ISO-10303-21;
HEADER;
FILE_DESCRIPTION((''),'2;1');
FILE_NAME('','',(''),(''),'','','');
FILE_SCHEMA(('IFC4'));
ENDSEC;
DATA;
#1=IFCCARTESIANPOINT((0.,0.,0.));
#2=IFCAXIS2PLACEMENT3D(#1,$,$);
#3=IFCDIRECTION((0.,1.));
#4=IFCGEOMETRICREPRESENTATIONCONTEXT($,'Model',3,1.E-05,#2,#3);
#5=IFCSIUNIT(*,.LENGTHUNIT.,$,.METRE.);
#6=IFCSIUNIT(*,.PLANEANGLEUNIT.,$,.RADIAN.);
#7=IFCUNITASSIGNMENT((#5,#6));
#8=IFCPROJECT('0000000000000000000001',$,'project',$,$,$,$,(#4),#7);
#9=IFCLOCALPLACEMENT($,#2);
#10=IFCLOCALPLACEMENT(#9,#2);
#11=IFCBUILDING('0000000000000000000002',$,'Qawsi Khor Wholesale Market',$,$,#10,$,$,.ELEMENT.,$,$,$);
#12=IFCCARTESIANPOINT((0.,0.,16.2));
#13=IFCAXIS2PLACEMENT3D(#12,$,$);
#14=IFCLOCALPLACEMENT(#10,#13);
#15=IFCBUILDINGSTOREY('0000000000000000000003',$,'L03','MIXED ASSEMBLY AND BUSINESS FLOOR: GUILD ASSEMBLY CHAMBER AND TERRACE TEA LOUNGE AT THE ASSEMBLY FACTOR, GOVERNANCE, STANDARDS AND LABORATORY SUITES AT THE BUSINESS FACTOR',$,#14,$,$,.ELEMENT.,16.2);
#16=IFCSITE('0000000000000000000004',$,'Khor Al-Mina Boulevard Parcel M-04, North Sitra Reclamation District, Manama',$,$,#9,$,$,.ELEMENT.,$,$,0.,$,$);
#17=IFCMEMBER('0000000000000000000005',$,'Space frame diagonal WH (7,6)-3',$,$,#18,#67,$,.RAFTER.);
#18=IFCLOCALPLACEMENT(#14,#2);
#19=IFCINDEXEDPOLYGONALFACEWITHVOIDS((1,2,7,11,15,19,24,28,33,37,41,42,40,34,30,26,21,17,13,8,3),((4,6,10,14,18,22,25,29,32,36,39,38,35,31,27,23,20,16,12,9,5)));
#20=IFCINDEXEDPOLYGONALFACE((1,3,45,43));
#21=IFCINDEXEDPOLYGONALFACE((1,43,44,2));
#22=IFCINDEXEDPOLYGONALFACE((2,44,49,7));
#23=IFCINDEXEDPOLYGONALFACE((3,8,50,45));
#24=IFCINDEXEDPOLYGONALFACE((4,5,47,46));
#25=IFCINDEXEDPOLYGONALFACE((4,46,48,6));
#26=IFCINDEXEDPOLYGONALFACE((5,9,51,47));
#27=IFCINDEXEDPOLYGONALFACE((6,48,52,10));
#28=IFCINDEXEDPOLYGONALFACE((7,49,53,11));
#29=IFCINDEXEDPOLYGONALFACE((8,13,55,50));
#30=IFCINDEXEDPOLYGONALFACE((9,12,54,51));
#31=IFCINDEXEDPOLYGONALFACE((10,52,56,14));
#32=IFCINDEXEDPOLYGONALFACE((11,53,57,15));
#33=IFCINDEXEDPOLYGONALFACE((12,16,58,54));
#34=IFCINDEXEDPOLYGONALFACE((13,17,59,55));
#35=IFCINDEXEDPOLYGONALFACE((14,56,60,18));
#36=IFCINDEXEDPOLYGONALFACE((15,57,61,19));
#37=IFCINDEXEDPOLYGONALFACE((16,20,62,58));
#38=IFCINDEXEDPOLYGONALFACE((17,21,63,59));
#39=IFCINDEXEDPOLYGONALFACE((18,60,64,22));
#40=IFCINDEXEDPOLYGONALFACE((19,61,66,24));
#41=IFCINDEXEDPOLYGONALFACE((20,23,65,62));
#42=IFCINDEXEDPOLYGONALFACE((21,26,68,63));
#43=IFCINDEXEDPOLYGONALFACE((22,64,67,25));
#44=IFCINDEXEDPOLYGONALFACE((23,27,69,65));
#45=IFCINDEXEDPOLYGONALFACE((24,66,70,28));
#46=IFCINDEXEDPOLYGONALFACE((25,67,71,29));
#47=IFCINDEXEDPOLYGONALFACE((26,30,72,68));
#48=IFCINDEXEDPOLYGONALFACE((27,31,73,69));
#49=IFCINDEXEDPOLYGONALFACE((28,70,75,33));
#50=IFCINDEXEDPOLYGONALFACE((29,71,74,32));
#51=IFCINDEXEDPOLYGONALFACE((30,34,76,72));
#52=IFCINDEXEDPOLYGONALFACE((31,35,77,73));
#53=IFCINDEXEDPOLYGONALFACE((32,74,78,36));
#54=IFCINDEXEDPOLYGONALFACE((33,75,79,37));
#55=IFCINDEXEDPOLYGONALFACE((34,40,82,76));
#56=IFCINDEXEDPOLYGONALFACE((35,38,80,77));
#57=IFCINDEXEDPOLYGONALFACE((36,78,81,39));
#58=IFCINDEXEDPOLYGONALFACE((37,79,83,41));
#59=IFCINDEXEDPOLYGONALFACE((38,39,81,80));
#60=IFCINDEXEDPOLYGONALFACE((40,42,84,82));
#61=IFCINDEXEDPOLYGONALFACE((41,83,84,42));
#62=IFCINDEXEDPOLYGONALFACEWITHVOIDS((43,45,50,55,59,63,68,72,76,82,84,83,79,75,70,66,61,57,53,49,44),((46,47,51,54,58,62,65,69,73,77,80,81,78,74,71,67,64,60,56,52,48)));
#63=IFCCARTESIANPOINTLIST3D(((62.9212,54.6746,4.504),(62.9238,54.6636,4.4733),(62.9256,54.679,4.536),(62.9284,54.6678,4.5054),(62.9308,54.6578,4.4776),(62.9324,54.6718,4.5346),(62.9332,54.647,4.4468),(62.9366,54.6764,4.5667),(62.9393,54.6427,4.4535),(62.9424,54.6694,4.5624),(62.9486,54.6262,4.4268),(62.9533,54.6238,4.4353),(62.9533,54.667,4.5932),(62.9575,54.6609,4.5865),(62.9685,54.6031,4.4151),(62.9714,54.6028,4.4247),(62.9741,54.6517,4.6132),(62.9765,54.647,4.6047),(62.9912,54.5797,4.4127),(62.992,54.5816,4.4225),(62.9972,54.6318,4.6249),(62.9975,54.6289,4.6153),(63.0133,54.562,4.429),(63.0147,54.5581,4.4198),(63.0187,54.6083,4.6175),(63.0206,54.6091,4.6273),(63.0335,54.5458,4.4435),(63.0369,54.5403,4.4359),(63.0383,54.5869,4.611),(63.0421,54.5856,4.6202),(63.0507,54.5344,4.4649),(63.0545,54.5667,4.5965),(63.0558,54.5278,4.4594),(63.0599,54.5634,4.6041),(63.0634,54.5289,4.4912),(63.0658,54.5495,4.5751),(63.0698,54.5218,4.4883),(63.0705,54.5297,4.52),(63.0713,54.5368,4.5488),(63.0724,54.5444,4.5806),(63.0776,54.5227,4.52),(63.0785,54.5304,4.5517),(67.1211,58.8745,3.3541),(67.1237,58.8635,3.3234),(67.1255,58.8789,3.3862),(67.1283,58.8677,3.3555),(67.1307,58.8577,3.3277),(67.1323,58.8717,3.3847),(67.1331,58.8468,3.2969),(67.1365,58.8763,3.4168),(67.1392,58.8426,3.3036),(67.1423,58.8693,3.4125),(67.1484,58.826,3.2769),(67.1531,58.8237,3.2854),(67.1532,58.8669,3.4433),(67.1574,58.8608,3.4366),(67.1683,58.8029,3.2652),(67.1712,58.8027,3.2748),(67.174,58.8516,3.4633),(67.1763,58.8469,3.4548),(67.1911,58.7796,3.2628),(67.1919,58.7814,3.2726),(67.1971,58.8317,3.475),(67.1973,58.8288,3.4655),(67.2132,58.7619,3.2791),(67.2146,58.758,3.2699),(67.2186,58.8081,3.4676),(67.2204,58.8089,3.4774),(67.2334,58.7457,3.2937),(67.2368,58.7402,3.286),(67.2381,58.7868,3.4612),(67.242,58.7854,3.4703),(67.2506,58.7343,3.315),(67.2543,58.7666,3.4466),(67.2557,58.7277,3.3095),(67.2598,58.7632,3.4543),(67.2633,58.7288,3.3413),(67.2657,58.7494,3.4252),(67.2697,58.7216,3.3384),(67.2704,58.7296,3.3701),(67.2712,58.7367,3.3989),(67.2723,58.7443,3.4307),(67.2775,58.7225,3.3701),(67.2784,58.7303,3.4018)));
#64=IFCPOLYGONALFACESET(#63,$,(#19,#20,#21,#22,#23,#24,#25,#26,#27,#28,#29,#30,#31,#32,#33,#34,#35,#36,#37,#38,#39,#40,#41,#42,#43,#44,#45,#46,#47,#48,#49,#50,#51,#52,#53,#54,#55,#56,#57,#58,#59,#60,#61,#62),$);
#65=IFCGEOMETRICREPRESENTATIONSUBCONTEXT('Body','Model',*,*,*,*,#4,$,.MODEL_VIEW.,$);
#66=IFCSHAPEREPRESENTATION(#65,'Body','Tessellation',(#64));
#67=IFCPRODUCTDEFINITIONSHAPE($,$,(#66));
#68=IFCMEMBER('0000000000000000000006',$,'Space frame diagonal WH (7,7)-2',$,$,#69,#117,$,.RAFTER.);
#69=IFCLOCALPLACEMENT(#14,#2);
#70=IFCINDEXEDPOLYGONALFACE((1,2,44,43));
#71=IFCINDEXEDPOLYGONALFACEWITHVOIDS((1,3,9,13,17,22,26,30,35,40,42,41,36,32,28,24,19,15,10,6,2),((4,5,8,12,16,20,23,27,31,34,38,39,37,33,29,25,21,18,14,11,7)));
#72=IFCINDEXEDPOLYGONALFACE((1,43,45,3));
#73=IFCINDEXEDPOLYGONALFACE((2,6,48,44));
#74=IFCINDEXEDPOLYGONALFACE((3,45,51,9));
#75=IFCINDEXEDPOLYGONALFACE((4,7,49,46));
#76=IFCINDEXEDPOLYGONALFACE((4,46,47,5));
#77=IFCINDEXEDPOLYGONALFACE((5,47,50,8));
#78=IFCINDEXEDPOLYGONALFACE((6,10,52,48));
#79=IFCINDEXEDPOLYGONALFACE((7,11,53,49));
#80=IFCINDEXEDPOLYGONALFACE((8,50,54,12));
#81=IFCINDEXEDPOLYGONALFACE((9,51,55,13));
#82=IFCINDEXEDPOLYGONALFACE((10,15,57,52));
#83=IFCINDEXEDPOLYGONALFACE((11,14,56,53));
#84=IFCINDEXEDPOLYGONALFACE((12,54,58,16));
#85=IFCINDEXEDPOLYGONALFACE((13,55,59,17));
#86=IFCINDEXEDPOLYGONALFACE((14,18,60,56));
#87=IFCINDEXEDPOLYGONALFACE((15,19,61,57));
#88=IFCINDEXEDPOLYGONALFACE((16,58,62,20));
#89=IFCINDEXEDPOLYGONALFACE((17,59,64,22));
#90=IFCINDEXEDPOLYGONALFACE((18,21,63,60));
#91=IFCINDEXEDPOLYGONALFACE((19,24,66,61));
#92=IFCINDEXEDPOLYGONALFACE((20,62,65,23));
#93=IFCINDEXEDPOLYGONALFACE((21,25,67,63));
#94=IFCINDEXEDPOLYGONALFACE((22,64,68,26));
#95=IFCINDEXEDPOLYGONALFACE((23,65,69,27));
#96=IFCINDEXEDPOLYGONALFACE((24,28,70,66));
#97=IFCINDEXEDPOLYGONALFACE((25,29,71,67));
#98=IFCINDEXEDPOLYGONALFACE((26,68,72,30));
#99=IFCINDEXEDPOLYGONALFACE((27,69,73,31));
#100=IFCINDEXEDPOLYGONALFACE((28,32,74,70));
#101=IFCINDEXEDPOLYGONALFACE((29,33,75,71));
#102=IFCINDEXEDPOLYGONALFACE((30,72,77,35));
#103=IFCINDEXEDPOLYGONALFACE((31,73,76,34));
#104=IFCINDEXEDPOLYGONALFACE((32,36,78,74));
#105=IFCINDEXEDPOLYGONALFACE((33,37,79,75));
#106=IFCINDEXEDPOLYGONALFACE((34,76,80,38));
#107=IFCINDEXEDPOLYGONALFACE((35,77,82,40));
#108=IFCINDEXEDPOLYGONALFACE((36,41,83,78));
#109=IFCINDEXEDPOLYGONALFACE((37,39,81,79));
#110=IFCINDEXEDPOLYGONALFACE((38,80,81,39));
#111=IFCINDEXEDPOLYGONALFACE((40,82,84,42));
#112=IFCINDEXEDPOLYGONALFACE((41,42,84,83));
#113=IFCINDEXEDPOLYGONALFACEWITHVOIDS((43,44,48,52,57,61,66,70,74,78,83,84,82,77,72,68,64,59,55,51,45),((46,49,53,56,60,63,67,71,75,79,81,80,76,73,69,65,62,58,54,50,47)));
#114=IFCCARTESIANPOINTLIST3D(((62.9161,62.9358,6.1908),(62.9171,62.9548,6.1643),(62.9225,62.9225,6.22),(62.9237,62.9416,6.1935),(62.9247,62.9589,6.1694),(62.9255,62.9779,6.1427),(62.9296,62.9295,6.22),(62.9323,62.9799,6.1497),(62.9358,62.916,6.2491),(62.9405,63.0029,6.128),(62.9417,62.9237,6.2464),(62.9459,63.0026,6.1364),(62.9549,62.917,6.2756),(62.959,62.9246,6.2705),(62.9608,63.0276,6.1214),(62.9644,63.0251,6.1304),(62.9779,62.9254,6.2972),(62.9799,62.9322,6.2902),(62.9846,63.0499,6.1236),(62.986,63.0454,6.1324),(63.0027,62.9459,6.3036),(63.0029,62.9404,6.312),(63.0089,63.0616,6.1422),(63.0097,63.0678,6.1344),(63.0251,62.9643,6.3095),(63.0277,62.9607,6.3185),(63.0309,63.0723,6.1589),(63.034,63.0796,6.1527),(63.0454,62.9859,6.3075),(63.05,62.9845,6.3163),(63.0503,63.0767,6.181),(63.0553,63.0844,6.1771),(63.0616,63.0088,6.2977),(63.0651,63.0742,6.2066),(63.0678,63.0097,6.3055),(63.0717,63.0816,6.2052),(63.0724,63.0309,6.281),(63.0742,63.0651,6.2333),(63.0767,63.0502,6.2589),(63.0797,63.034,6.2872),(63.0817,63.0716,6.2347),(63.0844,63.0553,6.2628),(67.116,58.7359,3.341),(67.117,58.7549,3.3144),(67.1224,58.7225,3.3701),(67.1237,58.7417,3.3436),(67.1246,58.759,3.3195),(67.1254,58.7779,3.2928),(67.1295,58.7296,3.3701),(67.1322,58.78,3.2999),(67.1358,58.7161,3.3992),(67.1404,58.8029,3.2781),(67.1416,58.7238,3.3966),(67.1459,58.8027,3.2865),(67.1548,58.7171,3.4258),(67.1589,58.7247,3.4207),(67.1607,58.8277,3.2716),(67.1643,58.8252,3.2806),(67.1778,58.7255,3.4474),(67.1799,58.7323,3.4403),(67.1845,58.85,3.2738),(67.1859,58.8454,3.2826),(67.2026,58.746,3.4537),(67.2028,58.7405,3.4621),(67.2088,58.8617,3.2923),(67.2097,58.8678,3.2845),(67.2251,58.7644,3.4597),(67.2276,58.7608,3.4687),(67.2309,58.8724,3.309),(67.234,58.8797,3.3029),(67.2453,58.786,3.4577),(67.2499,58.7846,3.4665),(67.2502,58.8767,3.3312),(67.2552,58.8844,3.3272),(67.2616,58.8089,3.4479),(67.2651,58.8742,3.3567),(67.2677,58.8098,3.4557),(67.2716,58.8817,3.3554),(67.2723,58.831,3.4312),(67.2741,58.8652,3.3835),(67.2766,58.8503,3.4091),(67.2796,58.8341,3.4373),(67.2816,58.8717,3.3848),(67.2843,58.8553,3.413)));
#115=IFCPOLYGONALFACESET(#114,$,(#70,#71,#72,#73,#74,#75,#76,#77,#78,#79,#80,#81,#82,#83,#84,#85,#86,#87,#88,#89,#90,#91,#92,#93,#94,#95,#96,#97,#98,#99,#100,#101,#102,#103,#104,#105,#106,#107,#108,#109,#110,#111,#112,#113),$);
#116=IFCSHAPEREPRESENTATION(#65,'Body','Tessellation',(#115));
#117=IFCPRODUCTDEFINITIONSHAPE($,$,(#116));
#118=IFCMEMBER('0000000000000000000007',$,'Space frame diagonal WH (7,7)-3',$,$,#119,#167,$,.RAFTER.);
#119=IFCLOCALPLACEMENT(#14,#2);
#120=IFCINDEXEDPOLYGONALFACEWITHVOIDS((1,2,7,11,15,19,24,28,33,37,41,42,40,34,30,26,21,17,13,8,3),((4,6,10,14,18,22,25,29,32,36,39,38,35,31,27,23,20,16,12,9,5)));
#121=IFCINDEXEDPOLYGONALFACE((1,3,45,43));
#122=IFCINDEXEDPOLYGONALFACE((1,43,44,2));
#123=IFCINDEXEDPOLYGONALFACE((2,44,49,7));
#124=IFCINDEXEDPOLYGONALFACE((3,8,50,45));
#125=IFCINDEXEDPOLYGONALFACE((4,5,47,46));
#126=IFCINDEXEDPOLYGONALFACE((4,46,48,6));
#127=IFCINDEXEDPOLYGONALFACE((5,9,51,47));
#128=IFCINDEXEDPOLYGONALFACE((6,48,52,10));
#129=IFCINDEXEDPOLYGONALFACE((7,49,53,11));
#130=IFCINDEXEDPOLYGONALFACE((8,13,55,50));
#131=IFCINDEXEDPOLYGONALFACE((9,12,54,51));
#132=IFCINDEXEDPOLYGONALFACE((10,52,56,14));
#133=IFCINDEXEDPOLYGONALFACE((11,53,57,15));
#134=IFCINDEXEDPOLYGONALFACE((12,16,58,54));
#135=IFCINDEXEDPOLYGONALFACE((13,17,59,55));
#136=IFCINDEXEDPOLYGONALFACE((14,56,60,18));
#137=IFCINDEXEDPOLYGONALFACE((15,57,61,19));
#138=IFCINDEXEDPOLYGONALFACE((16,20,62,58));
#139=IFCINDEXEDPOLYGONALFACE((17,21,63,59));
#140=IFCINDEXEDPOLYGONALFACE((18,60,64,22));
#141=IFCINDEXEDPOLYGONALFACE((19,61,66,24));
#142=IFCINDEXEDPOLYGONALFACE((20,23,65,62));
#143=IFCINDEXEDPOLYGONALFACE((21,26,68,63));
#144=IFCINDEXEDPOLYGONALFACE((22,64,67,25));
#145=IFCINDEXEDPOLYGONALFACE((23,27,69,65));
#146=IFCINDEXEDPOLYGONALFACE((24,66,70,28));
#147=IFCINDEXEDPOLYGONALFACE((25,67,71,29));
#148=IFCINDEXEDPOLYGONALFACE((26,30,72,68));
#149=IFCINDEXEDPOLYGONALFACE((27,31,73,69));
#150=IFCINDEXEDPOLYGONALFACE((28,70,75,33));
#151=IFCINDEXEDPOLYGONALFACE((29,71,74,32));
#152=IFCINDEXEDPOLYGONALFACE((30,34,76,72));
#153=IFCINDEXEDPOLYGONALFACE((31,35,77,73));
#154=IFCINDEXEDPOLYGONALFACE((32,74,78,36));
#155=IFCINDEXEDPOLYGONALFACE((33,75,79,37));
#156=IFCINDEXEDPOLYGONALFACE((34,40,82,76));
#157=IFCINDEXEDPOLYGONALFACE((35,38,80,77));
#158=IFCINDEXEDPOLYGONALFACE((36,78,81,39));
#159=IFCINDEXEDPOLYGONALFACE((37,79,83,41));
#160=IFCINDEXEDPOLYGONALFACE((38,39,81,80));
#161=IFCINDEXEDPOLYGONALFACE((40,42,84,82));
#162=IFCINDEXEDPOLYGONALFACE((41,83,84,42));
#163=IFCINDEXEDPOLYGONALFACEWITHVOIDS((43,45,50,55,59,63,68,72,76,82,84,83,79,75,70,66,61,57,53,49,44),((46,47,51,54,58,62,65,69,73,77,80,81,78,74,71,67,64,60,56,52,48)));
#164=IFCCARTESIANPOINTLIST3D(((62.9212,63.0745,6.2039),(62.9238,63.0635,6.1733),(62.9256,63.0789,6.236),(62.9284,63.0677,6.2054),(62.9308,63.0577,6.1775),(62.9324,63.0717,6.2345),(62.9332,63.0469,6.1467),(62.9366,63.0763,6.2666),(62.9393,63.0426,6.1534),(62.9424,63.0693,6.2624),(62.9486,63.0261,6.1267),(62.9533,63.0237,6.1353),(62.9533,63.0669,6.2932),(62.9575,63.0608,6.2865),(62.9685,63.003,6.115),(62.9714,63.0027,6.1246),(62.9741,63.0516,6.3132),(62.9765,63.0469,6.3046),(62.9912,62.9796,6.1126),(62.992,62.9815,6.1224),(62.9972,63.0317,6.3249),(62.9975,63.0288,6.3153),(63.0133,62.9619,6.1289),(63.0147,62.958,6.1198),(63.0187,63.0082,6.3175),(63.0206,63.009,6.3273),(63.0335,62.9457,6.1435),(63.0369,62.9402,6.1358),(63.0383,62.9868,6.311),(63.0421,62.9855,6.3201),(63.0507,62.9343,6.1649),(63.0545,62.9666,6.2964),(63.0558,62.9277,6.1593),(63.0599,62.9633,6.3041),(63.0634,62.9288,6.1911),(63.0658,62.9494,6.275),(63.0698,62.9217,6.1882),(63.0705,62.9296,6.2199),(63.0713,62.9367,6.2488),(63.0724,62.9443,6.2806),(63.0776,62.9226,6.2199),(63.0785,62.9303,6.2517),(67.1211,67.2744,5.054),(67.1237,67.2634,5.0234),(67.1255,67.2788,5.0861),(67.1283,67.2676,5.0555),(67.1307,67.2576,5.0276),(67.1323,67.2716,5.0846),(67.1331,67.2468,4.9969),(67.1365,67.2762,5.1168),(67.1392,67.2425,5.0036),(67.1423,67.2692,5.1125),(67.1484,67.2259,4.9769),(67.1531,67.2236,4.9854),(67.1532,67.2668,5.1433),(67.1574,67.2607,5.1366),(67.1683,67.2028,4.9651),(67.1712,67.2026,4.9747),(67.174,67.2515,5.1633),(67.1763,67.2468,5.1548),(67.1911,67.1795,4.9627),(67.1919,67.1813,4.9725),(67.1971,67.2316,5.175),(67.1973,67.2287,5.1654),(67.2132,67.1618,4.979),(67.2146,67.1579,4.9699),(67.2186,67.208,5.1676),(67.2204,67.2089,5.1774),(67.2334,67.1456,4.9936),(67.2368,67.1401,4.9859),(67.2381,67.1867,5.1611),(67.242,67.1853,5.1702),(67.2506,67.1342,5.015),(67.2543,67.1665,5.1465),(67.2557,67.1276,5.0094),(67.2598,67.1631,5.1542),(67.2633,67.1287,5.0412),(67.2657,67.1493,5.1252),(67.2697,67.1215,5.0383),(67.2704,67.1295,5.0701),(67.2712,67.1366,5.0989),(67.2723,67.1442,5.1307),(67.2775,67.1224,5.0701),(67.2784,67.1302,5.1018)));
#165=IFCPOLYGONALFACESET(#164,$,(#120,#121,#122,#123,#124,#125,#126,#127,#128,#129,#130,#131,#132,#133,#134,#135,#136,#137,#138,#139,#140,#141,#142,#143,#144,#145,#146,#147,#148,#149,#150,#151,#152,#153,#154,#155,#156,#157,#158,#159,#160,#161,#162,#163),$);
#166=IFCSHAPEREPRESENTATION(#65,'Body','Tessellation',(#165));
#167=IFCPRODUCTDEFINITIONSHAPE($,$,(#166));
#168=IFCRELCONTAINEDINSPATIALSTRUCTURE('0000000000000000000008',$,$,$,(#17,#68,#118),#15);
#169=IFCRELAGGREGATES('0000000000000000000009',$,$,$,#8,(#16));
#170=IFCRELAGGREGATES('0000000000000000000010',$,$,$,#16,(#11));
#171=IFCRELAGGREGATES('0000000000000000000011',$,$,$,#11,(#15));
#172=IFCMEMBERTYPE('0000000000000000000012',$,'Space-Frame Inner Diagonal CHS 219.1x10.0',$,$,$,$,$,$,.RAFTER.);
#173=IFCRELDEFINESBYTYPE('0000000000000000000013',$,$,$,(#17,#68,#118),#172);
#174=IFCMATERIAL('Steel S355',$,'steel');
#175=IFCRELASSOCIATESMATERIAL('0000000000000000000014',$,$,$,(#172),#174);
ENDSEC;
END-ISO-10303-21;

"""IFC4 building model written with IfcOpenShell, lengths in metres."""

from ifc_helpers import new_model, si_unit, direction, frame, origin, origin_2d, place, context, subcontext, project, spatial, hollow_circle, extrude, material, material_profile, profile_set, type_object, element, save


model = new_model("IFC4")

# Units and contexts
model_context = context("Model", 3, precision=1e-05, world=origin(), true_north=direction((0.0, 1.0)))
body_context = subcontext(model_context, "Body", "Model", "MODEL_VIEW")
ifc_project = project(units=[si_unit("LENGTHUNIT", "METRE"), si_unit("PLANEANGLEUNIT", "RADIAN")], contexts=[model_context])

# Site, building, storey
site_placement = place(None, origin())
site = spatial("IfcSite", under=ifc_project, at=site_placement, Name="Khor Al-Mina Boulevard Parcel M-04, North Sitra Reclamation District, Manama", CompositionType="ELEMENT", RefElevation=0.0)
building_placement = place(site_placement, origin())
building = spatial("IfcBuilding", under=site, at=building_placement, Name="Qawsi Khor Wholesale Market", CompositionType="ELEMENT")
storey_placement = place(building_placement, frame((0.0, 0.0, 16.2)))
storey = spatial("IfcBuildingStorey", under=building, at=storey_placement, Name="L03", Description="MIXED ASSEMBLY AND BUSINESS FLOOR: GUILD ASSEMBLY CHAMBER AND TERRACE TEA LOUNGE AT THE ASSEMBLY FACTOR, GOVERNANCE, STANDARDS AND LABORATORY SUITES AT THE BUSINESS FACTOR", CompositionType="ELEMENT", Elevation=16.2)

# Members
ifc_material_1 = material(Name="Steel S355", Category="steel")
ifc_material_profile_1 = material_profile(ifc_material_1, hollow_circle(Radius=0.1096, WallThickness=0.01, at=origin_2d()), Name="CHS 219.1x10.0")
ifc_profile_set_1 = profile_set([ifc_material_profile_1], Name="Steel S355")
member_type_1 = type_object("IfcMemberType", Name="Space-Frame Inner Diagonal CHS 219.1x10.0", PredefinedType="RAFTER", material=ifc_profile_set_1)
member_1_placement = place(storey_placement, frame((67.2, 58.8, 3.3701), z_axis=(-0.694217, -0.694217, 0.190069), x_axis=(0.707107, -0.707107, 0.0)))
element("IfcMember", 1, at=member_1_placement, inside=storey, type_object=member_type_1, Name="Space frame diagonal WH (7,6)-3", PredefinedType="RAFTER", context=body_context, shape_type="SweptSolid", body=[
    extrude(hollow_circle(Radius=0.1096, WallThickness=0.01, at=origin_2d()), origin(), (0.0, 0.0, 1.0), 6.0498),
])
member_2_placement = place(storey_placement, frame((67.2, 58.8, 3.3701), z_axis=(-0.637522, 0.637522, 0.432587), x_axis=(-0.707107, -0.707107, 0.0)))
element("IfcMember", 2, at=member_2_placement, inside=storey, type_object=member_type_1, Name="Space frame diagonal WH (7,7)-2", PredefinedType="RAFTER", context=body_context, shape_type="SweptSolid", body=[
    extrude(hollow_circle(Radius=0.1096, WallThickness=0.01, at=origin_2d()), origin(), (0.0, 0.0, 1.0), 6.5879),
])
for number, where, z_axis, x_axis, name in (
    (3, (67.2, 67.2, 5.0701), (-0.694217, -0.694217, 0.190069), (0.707107, -0.707107, 0.0), "Space frame diagonal WH (7,7)-3"),
):
    element("IfcMember", number, at=place(storey_placement, frame(where, z_axis=z_axis, x_axis=x_axis)), inside=storey, type_object=member_type_1, Name=name, PredefinedType="RAFTER", context=body_context, shape_type="SweptSolid", body=[
        extrude(hollow_circle(Radius=0.1096, WallThickness=0.01, at=origin_2d()), origin(), (0.0, 0.0, 1.0), 6.0498),
    ])

save(model, "model.ifc")
